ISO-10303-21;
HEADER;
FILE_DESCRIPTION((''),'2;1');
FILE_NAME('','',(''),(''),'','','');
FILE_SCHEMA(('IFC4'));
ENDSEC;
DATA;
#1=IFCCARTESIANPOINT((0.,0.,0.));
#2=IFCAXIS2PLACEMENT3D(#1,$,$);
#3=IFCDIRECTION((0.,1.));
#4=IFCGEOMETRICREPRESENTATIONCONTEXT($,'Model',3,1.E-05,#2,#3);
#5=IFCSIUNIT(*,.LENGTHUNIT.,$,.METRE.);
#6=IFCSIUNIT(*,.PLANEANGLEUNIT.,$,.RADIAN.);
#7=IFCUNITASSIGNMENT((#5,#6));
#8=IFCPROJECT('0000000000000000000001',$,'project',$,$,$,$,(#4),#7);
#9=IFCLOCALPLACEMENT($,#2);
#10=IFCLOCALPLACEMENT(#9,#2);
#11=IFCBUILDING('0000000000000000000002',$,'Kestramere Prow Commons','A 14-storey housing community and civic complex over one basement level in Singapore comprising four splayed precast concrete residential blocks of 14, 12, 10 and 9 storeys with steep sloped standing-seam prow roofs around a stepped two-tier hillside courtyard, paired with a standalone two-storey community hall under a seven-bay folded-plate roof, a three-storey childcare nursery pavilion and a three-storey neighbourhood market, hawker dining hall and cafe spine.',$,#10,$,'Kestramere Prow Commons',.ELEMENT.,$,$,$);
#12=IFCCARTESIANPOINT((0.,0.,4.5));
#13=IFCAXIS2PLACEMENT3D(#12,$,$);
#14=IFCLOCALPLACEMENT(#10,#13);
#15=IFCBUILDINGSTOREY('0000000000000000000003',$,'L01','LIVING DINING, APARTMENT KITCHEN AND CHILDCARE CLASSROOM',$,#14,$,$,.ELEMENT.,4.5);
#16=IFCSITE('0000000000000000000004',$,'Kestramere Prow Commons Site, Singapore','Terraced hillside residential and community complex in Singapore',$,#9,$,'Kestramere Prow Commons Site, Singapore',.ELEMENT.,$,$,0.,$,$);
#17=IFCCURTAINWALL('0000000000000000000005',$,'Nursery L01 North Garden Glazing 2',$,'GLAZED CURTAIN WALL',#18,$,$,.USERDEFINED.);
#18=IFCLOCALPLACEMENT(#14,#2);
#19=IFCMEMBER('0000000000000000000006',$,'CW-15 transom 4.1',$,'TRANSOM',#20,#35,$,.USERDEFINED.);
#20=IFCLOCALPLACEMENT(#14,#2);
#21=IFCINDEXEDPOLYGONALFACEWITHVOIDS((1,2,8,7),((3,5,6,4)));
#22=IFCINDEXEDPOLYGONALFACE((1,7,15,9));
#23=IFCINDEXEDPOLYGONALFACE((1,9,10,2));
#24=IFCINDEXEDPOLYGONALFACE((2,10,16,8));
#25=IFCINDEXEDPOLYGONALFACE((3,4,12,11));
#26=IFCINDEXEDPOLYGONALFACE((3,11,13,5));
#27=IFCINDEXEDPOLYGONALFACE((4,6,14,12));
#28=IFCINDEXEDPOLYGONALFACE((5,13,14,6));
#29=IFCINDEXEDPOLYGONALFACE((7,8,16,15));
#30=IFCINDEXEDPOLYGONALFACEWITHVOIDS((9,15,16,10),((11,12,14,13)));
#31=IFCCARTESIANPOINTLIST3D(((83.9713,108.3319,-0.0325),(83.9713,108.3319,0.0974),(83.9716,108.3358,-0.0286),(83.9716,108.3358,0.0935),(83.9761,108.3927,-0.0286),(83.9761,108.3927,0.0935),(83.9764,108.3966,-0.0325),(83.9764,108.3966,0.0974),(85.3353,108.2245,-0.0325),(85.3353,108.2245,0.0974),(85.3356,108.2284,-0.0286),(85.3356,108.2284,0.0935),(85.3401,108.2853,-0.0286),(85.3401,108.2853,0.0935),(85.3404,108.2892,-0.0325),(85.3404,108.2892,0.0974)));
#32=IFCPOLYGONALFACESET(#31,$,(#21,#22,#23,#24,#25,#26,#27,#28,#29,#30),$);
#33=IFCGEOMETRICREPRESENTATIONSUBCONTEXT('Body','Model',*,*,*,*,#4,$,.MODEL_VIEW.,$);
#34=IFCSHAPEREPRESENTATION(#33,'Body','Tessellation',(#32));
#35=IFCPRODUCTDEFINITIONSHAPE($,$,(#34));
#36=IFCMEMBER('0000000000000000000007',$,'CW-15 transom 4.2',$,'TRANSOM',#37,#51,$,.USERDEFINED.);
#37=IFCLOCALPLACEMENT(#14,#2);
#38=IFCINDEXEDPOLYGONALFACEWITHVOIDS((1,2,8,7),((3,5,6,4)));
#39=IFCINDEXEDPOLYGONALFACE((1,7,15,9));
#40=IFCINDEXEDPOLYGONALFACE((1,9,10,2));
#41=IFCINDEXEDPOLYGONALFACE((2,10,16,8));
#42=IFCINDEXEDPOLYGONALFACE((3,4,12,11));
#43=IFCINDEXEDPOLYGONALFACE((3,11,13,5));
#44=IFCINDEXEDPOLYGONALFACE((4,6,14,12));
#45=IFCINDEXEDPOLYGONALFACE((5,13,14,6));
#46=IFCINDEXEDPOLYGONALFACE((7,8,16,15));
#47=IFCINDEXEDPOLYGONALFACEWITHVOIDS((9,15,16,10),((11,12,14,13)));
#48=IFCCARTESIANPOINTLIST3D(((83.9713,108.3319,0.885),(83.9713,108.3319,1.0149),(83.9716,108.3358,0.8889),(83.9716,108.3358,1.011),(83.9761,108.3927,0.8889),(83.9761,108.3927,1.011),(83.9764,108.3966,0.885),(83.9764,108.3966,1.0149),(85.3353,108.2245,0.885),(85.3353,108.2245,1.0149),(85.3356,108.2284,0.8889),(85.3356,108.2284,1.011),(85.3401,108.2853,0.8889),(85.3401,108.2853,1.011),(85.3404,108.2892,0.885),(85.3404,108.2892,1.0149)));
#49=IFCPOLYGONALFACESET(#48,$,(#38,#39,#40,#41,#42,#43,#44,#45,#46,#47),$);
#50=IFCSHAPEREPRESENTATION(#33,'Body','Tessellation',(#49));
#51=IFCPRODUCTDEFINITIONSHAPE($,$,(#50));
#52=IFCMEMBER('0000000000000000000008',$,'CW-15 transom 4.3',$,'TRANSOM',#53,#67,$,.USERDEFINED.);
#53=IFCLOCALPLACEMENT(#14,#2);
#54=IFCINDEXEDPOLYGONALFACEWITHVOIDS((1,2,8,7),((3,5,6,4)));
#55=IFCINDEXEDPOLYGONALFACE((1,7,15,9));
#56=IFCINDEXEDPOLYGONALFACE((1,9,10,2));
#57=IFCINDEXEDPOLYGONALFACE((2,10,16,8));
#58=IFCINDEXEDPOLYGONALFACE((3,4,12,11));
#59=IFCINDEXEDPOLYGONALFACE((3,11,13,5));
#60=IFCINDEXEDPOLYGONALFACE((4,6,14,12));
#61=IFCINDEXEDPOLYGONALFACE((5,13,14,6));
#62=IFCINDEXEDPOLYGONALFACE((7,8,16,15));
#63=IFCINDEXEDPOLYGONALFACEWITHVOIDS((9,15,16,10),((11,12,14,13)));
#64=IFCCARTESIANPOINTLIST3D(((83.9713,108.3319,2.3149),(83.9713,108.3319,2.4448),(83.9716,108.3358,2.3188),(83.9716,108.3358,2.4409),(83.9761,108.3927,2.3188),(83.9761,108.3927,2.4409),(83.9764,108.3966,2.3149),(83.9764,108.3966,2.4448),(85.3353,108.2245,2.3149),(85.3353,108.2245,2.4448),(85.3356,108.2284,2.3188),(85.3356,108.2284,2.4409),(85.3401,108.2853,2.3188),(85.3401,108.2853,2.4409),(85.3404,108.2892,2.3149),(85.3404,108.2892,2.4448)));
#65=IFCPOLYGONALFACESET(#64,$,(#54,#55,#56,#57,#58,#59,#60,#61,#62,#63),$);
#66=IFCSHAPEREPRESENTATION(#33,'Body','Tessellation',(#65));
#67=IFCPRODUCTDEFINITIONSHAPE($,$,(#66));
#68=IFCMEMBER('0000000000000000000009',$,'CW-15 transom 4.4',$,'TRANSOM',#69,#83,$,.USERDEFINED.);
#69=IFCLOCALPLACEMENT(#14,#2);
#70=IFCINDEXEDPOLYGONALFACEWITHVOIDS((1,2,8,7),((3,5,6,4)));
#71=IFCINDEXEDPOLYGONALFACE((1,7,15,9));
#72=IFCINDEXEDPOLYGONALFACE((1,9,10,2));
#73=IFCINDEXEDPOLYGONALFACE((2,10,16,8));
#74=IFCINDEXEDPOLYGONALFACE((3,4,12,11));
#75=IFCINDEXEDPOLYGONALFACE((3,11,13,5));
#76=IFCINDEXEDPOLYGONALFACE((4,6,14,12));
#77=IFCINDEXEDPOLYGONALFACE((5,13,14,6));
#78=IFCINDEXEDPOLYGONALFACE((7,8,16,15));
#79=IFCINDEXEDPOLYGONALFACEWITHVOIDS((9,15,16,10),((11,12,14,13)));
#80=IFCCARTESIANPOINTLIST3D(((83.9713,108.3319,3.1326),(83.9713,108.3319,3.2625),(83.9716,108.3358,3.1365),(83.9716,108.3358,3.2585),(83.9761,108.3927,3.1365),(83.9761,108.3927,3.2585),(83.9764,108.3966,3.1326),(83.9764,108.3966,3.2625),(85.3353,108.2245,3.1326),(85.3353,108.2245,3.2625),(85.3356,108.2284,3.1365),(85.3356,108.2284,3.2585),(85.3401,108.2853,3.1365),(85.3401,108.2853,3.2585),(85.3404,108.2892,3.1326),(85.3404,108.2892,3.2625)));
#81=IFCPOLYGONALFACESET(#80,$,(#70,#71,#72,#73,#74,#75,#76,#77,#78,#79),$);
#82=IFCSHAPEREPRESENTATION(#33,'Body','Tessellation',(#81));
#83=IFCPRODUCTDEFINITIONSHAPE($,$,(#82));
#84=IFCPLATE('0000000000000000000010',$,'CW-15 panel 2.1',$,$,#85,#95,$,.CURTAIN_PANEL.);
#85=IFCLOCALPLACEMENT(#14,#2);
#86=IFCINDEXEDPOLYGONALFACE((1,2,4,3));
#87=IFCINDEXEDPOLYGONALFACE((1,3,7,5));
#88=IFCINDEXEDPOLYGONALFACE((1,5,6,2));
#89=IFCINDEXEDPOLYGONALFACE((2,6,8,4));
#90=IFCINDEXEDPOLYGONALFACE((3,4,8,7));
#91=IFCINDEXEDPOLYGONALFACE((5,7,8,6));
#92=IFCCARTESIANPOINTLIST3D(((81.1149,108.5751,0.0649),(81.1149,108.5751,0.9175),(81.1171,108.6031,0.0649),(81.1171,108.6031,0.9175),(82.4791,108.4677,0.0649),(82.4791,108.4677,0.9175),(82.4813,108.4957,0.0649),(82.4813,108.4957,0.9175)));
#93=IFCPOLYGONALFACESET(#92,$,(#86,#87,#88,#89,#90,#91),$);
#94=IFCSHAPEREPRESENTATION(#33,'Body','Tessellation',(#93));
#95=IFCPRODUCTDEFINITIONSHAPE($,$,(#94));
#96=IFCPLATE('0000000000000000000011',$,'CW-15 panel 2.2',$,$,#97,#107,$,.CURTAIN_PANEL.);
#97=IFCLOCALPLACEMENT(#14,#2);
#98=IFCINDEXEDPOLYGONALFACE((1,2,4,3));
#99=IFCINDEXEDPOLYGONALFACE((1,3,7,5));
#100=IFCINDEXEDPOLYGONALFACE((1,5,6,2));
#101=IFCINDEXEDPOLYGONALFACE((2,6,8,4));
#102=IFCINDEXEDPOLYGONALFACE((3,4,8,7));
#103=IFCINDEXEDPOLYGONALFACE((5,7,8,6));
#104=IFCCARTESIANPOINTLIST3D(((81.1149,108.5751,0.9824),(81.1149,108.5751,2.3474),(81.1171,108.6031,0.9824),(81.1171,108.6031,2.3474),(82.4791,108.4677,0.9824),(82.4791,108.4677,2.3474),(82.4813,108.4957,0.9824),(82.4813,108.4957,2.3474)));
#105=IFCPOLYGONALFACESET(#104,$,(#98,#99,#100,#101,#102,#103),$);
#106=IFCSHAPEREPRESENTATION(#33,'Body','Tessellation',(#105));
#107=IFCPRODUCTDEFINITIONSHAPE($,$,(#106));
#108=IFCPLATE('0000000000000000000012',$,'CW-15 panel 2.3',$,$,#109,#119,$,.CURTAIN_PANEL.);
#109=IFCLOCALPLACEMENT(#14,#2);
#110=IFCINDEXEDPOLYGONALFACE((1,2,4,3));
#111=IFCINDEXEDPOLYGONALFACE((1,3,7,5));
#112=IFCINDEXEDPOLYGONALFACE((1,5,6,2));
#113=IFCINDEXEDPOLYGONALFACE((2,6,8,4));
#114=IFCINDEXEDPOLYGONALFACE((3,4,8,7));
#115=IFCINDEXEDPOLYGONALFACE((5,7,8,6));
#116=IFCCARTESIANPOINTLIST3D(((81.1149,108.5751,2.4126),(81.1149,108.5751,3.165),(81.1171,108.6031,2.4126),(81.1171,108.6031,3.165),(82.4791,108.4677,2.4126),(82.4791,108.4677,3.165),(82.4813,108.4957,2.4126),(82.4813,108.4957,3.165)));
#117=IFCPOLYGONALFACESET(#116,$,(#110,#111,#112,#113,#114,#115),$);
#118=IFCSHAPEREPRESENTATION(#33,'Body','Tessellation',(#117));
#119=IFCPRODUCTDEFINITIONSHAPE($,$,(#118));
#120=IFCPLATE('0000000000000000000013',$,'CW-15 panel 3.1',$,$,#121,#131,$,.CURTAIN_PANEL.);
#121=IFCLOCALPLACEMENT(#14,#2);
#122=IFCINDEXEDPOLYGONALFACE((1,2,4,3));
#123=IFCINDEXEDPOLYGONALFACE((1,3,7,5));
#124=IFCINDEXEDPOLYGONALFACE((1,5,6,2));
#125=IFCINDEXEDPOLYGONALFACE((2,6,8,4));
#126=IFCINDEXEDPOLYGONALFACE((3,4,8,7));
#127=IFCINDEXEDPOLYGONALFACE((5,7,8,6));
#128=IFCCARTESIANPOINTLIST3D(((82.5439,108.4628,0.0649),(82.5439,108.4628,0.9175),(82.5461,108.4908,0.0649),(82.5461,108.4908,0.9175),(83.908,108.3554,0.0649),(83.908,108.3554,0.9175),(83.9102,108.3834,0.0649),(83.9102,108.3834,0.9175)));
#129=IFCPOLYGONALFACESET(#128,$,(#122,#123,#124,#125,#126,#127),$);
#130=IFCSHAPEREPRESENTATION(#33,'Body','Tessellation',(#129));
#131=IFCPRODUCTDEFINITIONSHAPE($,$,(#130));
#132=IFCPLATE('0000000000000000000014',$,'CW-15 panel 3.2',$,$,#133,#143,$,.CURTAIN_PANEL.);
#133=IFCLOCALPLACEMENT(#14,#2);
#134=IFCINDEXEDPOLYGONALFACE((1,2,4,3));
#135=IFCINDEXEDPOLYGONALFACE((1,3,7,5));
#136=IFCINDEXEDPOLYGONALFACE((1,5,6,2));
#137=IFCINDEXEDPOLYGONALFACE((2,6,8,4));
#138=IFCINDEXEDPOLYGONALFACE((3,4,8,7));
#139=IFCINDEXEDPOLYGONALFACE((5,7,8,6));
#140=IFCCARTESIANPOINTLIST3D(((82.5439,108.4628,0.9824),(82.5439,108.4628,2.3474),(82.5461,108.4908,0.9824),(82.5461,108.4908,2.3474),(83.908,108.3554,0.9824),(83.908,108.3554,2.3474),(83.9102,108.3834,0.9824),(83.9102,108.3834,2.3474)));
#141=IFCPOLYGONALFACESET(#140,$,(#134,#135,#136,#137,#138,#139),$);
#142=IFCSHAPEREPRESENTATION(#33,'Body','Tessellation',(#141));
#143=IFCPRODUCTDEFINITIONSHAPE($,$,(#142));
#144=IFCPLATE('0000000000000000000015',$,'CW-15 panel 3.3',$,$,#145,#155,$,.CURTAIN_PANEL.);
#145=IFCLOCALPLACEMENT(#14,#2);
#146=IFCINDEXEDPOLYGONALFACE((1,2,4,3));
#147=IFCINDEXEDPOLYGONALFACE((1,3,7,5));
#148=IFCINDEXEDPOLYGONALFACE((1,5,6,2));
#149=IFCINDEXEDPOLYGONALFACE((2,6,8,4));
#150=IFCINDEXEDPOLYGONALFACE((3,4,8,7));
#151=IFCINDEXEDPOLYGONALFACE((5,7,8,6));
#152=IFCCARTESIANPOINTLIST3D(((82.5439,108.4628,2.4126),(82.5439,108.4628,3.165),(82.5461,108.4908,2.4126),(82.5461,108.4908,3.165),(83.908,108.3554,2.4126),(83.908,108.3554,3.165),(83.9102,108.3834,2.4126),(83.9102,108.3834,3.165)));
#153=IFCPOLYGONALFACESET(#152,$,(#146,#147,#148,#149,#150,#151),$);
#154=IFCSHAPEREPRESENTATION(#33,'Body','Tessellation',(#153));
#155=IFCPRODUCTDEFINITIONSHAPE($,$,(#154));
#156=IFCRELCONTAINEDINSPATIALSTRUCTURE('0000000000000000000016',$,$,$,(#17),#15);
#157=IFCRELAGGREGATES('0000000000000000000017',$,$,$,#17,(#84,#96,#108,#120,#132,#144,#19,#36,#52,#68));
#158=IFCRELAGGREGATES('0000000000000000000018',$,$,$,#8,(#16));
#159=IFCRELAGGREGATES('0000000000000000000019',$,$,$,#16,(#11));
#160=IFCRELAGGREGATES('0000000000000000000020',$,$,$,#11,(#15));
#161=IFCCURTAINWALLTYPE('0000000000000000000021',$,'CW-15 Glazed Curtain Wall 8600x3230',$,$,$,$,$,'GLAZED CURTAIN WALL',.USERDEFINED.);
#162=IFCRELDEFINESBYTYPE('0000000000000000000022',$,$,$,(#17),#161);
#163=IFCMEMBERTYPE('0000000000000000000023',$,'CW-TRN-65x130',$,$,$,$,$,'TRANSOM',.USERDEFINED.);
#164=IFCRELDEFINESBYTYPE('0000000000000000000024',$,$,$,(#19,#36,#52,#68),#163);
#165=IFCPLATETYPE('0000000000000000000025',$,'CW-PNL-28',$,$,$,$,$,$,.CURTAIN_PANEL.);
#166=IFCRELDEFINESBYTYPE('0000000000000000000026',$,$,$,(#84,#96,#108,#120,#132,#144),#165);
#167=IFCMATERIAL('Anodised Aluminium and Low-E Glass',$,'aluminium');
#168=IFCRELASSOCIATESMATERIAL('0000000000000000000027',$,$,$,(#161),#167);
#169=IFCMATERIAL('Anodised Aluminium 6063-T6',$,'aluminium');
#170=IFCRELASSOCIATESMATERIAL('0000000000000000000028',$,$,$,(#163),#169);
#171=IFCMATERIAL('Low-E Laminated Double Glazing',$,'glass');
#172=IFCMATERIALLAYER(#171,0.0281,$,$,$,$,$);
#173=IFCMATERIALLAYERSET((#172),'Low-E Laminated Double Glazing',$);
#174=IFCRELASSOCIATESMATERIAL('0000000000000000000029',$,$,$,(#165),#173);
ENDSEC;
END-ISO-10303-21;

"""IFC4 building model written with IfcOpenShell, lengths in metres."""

from ifc_helpers import new_model, si_unit, direction, frame, origin, origin_2d, place, context, subcontext, project, spatial, rectangle, hollow_rectangle, extrude, material, layer, layer_set, material_profile, profile_set, type_object, element, aggregate, save


model = new_model("IFC4")

# Units and contexts
model_context = context("Model", 3, precision=1e-05, world=origin(), true_north=direction((0.0, 1.0)))
body_context = subcontext(model_context, "Body", "Model", "MODEL_VIEW")
ifc_project = project(units=[si_unit("LENGTHUNIT", "METRE"), si_unit("PLANEANGLEUNIT", "RADIAN")], contexts=[model_context])

# Site, building, storey
site_placement = place(None, origin())
site = spatial("IfcSite", under=ifc_project, at=site_placement, Name="Kestramere Prow Commons Site, Singapore", Description="Terraced hillside residential and community complex in Singapore", LongName="Kestramere Prow Commons Site, Singapore", CompositionType="ELEMENT", RefElevation=0.0)
building_placement = place(site_placement, origin())
building = spatial("IfcBuilding", under=site, at=building_placement, Name="Kestramere Prow Commons", Description="A 14-storey housing community and civic complex over one basement level in Singapore comprising four splayed precast concrete residential blocks of 14, 12, 10 and 9 storeys with steep sloped standing-seam prow roofs around a stepped two-tier hillside courtyard, paired with a standalone two-storey community hall under a seven-bay folded-plate roof, a three-storey childcare nursery pavilion and a three-storey neighbourhood market, hawker dining hall and cafe spine.", LongName="Kestramere Prow Commons", CompositionType="ELEMENT")
storey_placement = place(building_placement, frame((0.0, 0.0, 4.5)))
storey = spatial("IfcBuildingStorey", under=building, at=storey_placement, Name="L01", Description="LIVING DINING, APARTMENT KITCHEN AND CHILDCARE CLASSROOM", CompositionType="ELEMENT", Elevation=4.5)

# Curtain wall, members, plates
ifc_material_1 = material(Name="Anodised Aluminium and Low-E Glass", Category="aluminium")
curtain_wall_type = type_object("IfcCurtainWallType", Name="CW-15 Glazed Curtain Wall 8600x3230", ElementType="GLAZED CURTAIN WALL", PredefinedType="USERDEFINED", material=ifc_material_1)
curtain_wall_placement = place(storey_placement, origin())
curtain_wall = element("IfcCurtainWall", 1, at=curtain_wall_placement, inside=storey, type_object=curtain_wall_type, Name="Nursery L01 North Garden Glazing 2", ObjectType="GLAZED CURTAIN WALL", PredefinedType="USERDEFINED")
ifc_material_2 = material(Name="Anodised Aluminium 6063-T6", Category="aluminium")
ifc_material_profile_1 = material_profile(ifc_material_2, hollow_rectangle(XDim=0.0649, YDim=0.1299, WallThickness=0.0039, at=origin_2d()), Name="ALU-TRN 65x130")
ifc_profile_set_1 = profile_set([ifc_material_profile_1], Name="Anodised Aluminium 6063-T6")
member_type_1 = type_object("IfcMemberType", Name="CW-TRN-65x130", ElementType="TRANSOM", PredefinedType="USERDEFINED", material=ifc_profile_set_1)
member_1_placement = place(storey_placement, frame((83.9739, 108.3643, 0.0325), z_axis=(0.996913, -0.078511, 0.0), x_axis=(0.078511, 0.996913, 0.0)))
member_1 = element("IfcMember", 2, at=member_1_placement, type_object=member_type_1, Name="CW-15 transom 4.1", ObjectType="TRANSOM", PredefinedType="USERDEFINED", context=body_context, shape_type="SweptSolid", body=[
    extrude(hollow_rectangle(XDim=0.0649, YDim=0.1299, WallThickness=0.0039, at=origin_2d()), origin(), (0.0, 0.0, 1.0), 1.3682),
])
member_2_placement = place(storey_placement, frame((83.9739, 108.3643, 0.95), z_axis=(0.996913, -0.078511, 0.0), x_axis=(0.078511, 0.996913, 0.0)))
member_2 = element("IfcMember", 3, at=member_2_placement, type_object=member_type_1, Name="CW-15 transom 4.2", ObjectType="TRANSOM", PredefinedType="USERDEFINED", context=body_context, shape_type="SweptSolid", body=[
    extrude(hollow_rectangle(XDim=0.0649, YDim=0.1299, WallThickness=0.0039, at=origin_2d()), origin(), (0.0, 0.0, 1.0), 1.3682),
])
member_3_placement = place(storey_placement, frame((83.9739, 108.3643, 2.3799), z_axis=(0.996913, -0.078511, 0.0), x_axis=(0.078511, 0.996913, 0.0)))
member_3 = element("IfcMember", 4, at=member_3_placement, type_object=member_type_1, Name="CW-15 transom 4.3", ObjectType="TRANSOM", PredefinedType="USERDEFINED", context=body_context, shape_type="SweptSolid", body=[
    extrude(hollow_rectangle(XDim=0.0649, YDim=0.1299, WallThickness=0.0039, at=origin_2d()), origin(), (0.0, 0.0, 1.0), 1.3682),
])
member_4_placement = place(storey_placement, frame((83.9739, 108.3643, 3.1975), z_axis=(0.996913, -0.078511, 0.0), x_axis=(0.078511, 0.996913, 0.0)))
member_4 = element("IfcMember", 5, at=member_4_placement, type_object=member_type_1, Name="CW-15 transom 4.4", ObjectType="TRANSOM", PredefinedType="USERDEFINED", context=body_context, shape_type="SweptSolid", body=[
    extrude(hollow_rectangle(XDim=0.0649, YDim=0.1299, WallThickness=0.0039, at=origin_2d()), origin(), (0.0, 0.0, 1.0), 1.3682),
])
ifc_material_3 = material(Name="Low-E Laminated Double Glazing", Category="glass")
ifc_layer = layer(ifc_material_3, 0.0281)
ifc_layer_set = layer_set([ifc_layer], Name="Low-E Laminated Double Glazing")
plate_type = type_object("IfcPlateType", Name="CW-PNL-28", PredefinedType="CURTAIN_PANEL", material=ifc_layer_set)
plate_1_placement = place(storey_placement, frame((81.7981, 108.5354, 0.0649), z_axis=(0.0, 0.0, 1.0), x_axis=(0.996917, -0.078459, 0.0)))
plate_1 = element("IfcPlate", 6, at=plate_1_placement, type_object=plate_type, Name="CW-15 panel 2.1", PredefinedType="CURTAIN_PANEL", context=body_context, shape_type="SweptSolid", body=[
    extrude(rectangle(XDim=1.3684, YDim=0.0281, at=origin_2d()), origin(), (0.0, 0.0, 1.0), 0.8525),
])
plate_2_placement = place(storey_placement, frame((81.7981, 108.5354, 0.9824), z_axis=(0.0, 0.0, 1.0), x_axis=(0.996917, -0.078459, 0.0)))
plate_2 = element("IfcPlate", 7, at=plate_2_placement, type_object=plate_type, Name="CW-15 panel 2.2", PredefinedType="CURTAIN_PANEL", context=body_context, shape_type="SweptSolid", body=[
    extrude(rectangle(XDim=1.3684, YDim=0.0281, at=origin_2d()), origin(), (0.0, 0.0, 1.0), 1.365),
])
plate_3_placement = place(storey_placement, frame((81.7981, 108.5354, 2.4126), z_axis=(0.0, 0.0, 1.0), x_axis=(0.996917, -0.078459, 0.0)))
plate_3 = element("IfcPlate", 8, at=plate_3_placement, type_object=plate_type, Name="CW-15 panel 2.3", PredefinedType="CURTAIN_PANEL", context=body_context, shape_type="SweptSolid", body=[
    extrude(rectangle(XDim=1.3684, YDim=0.0281, at=origin_2d()), origin(), (0.0, 0.0, 1.0), 0.7524),
])
plate_4_placement = place(storey_placement, frame((83.2271, 108.4231, 0.0649), z_axis=(0.0, 0.0, 1.0), x_axis=(0.996917, -0.078459, 0.0)))
plate_4 = element("IfcPlate", 9, at=plate_4_placement, type_object=plate_type, Name="CW-15 panel 3.1", PredefinedType="CURTAIN_PANEL", context=body_context, shape_type="SweptSolid", body=[
    extrude(rectangle(XDim=1.3684, YDim=0.0281, at=origin_2d()), origin(), (0.0, 0.0, 1.0), 0.8525),
])
plate_5_placement = place(storey_placement, frame((83.2271, 108.4231, 0.9824), z_axis=(0.0, 0.0, 1.0), x_axis=(0.996917, -0.078459, 0.0)))
plate_5 = element("IfcPlate", 10, at=plate_5_placement, type_object=plate_type, Name="CW-15 panel 3.2", PredefinedType="CURTAIN_PANEL", context=body_context, shape_type="SweptSolid", body=[
    extrude(rectangle(XDim=1.3684, YDim=0.0281, at=origin_2d()), origin(), (0.0, 0.0, 1.0), 1.365),
])
plate_6_placement = place(storey_placement, frame((83.2271, 108.4231, 2.4126), z_axis=(0.0, 0.0, 1.0), x_axis=(0.996917, -0.078459, 0.0)))
plate_6 = element("IfcPlate", 11, at=plate_6_placement, type_object=plate_type, Name="CW-15 panel 3.3", PredefinedType="CURTAIN_PANEL", context=body_context, shape_type="SweptSolid", body=[
    extrude(rectangle(XDim=1.3684, YDim=0.0281, at=origin_2d()), origin(), (0.0, 0.0, 1.0), 0.7524),
])
aggregate(curtain_wall, [plate_1, plate_2, plate_3, plate_4, plate_5, plate_6, member_1, member_2, member_3, member_4])

save(model, "model.ifc")
